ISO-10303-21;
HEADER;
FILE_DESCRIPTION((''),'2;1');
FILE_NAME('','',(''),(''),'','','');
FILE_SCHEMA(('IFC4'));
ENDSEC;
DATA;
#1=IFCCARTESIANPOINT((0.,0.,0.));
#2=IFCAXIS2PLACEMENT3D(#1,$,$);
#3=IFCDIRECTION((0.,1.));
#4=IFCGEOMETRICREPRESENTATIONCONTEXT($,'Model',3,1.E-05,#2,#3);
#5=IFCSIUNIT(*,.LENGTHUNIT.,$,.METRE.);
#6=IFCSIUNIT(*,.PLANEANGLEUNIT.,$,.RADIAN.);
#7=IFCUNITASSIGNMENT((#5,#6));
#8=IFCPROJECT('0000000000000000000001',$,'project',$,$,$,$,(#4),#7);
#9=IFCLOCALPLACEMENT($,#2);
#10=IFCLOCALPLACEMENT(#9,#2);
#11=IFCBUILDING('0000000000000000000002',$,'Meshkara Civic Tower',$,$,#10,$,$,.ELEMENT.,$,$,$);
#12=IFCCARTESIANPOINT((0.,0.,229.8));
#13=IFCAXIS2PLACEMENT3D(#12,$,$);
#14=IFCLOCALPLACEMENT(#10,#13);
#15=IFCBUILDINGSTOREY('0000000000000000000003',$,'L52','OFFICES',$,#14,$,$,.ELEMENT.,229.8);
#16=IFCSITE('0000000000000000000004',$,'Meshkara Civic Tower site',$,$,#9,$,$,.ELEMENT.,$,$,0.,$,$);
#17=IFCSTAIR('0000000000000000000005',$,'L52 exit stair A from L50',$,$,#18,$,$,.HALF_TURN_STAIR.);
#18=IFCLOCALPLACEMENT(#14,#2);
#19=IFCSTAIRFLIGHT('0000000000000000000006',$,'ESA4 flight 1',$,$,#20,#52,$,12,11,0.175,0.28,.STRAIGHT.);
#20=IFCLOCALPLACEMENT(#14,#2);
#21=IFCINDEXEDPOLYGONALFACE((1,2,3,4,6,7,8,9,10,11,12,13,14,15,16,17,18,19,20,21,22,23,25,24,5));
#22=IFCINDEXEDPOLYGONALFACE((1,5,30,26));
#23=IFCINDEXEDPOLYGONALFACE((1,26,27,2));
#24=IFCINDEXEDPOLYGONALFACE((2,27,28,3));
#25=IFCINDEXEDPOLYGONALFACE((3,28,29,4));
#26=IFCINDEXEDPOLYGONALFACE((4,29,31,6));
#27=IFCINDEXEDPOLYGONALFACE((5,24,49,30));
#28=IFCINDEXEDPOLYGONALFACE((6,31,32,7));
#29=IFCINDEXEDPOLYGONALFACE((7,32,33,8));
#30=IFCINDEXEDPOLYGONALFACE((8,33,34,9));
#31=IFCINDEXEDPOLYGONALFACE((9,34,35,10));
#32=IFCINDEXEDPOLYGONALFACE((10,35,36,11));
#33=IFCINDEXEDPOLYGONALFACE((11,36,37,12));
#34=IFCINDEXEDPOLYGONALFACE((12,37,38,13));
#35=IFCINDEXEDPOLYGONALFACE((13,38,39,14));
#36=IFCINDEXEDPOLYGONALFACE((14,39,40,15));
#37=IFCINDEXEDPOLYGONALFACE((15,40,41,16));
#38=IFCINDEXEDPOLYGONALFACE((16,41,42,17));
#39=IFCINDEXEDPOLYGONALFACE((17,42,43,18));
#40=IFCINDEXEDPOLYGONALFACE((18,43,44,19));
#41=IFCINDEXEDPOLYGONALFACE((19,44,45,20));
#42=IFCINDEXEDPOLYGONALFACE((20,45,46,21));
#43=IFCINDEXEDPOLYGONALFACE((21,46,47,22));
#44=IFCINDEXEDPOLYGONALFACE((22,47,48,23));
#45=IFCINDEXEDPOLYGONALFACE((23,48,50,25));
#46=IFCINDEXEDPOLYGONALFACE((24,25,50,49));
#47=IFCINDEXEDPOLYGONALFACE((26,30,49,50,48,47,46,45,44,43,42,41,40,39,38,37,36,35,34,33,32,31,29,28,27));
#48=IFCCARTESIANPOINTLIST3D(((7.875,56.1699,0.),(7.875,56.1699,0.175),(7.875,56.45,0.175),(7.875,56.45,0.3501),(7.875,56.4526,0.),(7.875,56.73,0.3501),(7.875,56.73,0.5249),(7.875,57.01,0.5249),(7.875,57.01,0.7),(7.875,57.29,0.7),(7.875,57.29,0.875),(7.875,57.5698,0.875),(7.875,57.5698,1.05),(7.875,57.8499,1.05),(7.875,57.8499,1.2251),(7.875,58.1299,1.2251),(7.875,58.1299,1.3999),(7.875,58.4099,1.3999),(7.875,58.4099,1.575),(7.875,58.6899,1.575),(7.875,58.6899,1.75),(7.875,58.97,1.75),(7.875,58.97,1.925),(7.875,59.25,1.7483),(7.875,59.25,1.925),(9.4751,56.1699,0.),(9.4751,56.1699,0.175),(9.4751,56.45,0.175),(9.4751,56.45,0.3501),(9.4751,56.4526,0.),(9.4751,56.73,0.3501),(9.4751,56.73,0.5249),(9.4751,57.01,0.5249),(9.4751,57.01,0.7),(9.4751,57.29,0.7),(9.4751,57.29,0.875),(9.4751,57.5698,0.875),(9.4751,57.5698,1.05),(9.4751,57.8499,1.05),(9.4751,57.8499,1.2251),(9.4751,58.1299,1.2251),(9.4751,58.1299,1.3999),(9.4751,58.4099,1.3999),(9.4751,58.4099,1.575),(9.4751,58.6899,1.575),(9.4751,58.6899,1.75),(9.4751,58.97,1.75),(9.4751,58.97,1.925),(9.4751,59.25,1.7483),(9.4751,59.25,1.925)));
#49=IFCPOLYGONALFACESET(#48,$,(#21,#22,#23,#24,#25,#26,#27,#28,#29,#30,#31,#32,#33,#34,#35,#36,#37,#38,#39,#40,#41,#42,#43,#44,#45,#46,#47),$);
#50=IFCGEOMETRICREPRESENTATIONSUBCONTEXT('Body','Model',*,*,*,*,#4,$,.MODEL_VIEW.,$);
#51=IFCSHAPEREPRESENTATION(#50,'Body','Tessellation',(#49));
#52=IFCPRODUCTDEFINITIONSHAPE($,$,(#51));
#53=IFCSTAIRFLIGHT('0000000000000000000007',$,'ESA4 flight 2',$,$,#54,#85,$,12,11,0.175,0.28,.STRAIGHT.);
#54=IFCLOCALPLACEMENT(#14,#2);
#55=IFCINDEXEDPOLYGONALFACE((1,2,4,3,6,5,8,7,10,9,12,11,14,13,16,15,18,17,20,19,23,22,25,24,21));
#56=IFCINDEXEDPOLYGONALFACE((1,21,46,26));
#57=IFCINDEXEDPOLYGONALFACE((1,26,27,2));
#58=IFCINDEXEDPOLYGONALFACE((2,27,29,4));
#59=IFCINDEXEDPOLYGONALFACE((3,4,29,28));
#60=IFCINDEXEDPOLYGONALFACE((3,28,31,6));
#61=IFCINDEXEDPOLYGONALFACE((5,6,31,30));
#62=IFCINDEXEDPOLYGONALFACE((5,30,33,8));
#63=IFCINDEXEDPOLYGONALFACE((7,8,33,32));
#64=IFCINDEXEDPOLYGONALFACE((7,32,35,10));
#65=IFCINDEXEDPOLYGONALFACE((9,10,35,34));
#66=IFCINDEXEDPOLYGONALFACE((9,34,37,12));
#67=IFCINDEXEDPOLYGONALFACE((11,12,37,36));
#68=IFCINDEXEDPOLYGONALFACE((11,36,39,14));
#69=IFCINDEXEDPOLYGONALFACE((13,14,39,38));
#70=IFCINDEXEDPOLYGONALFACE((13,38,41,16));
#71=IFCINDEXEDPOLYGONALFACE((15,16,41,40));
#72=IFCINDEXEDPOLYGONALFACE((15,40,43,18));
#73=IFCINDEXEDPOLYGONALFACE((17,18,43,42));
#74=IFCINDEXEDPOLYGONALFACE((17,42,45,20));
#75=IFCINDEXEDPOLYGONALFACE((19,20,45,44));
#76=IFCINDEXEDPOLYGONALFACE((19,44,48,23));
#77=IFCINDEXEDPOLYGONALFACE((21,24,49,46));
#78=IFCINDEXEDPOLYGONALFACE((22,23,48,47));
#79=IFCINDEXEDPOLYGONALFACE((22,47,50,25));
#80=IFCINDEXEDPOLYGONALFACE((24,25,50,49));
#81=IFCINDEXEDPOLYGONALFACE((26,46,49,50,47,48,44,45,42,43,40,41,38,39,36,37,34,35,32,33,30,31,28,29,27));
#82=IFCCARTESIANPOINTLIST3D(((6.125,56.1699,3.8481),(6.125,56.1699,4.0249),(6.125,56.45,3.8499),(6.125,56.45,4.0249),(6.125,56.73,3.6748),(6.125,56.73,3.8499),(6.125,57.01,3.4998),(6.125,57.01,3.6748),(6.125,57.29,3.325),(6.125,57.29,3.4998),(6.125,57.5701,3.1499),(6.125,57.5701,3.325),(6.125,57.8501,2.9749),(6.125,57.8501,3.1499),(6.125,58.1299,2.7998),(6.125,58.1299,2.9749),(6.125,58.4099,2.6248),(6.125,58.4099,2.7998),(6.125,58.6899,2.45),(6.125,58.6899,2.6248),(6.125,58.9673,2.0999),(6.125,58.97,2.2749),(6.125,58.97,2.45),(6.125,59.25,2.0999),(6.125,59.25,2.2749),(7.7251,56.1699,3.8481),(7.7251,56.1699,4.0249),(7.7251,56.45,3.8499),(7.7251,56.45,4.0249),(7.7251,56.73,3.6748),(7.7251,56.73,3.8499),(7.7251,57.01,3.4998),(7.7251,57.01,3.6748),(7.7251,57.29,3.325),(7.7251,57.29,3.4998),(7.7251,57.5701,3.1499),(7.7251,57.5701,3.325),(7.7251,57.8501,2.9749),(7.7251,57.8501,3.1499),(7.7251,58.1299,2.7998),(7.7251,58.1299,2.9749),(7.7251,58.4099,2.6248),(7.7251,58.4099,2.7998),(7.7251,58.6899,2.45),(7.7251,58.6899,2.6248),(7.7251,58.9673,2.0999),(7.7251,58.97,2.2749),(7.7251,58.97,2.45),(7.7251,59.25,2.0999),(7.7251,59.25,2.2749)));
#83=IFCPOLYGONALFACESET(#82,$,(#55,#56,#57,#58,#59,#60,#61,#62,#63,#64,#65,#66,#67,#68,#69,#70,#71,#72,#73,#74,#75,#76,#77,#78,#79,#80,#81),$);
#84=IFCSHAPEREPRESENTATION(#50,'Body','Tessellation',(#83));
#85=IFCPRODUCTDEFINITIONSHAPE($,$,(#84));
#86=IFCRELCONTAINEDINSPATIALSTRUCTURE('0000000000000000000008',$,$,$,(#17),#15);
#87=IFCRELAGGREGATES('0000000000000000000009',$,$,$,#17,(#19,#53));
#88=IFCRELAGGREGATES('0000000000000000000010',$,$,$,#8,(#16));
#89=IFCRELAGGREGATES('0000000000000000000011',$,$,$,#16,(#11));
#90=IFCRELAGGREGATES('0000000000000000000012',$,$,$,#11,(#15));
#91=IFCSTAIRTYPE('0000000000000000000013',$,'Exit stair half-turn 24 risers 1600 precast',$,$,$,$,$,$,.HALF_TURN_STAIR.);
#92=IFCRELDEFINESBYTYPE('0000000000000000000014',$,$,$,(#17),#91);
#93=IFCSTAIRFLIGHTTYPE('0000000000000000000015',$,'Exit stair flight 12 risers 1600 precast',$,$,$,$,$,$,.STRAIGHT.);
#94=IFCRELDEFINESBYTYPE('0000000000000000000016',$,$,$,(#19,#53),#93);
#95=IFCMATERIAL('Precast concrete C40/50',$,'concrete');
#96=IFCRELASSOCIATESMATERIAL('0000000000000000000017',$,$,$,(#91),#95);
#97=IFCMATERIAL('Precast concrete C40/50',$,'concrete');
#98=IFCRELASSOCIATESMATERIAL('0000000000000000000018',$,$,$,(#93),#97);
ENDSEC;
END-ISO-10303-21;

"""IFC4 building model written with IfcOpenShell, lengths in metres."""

from ifc_helpers import new_model, si_unit, direction, frame, origin, place, context, subcontext, project, spatial, polyline, outline, extrude, material, type_object, element, aggregate, save


model = new_model("IFC4")

# Units and contexts
model_context = context("Model", 3, precision=1e-05, world=origin(), true_north=direction((0.0, 1.0)))
body_context = subcontext(model_context, "Body", "Model", "MODEL_VIEW")
ifc_project = project(units=[si_unit("LENGTHUNIT", "METRE"), si_unit("PLANEANGLEUNIT", "RADIAN")], contexts=[model_context])

# Site, building, storey
site_placement = place(None, origin())
site = spatial("IfcSite", under=ifc_project, at=site_placement, Name="Meshkara Civic Tower site", CompositionType="ELEMENT", RefElevation=0.0)
building_placement = place(site_placement, origin())
building = spatial("IfcBuilding", under=site, at=building_placement, Name="Meshkara Civic Tower", CompositionType="ELEMENT")
storey_placement = place(building_placement, frame((0.0, 0.0, 229.8)))
storey = spatial("IfcBuildingStorey", under=building, at=storey_placement, Name="L52", Description="OFFICES", CompositionType="ELEMENT", Elevation=229.8)

# Stair, stair flights
ifc_material_1 = material(Name="Precast concrete C40/50", Category="concrete")
stair_type = type_object("IfcStairType", Name="Exit stair half-turn 24 risers 1600 precast", PredefinedType="HALF_TURN_STAIR", material=ifc_material_1)
stair_placement = place(storey_placement, origin())
stair = element("IfcStair", 1, at=stair_placement, inside=storey, type_object=stair_type, Name="L52 exit stair A from L50", PredefinedType="HALF_TURN_STAIR")
ifc_material_2 = material(Name="Precast concrete C40/50", Category="concrete")
stair_flight_type = type_object("IfcStairFlightType", Name="Exit stair flight 12 risers 1600 precast", PredefinedType="STRAIGHT", material=ifc_material_2)
stair_flight_1_placement = place(storey_placement, frame((8.675, 56.1699, 0.0), z_axis=(0.0, 0.0, 1.0), x_axis=(0.0, 1.0, 0.0)))
stair_flight_1 = element("IfcStairFlight", 2, at=stair_flight_1_placement, type_object=stair_flight_type, Name="ESA4 flight 1", NumberOfRisers=12, NumberOfTreads=11, PredefinedType="STRAIGHT", RiserHeight=0.175, TreadLength=0.28, context=body_context, shape_type="SweptSolid", body=[
    extrude(outline(polyline([(0.0, 0.0), (0.0, 0.175), (0.28, 0.175), (0.28, 0.3501), (0.5601, 0.3501), (0.5601, 0.5249), (0.8401, 0.5249), (0.8401, 0.7), (1.1201, 0.7), (1.1201, 0.875), (1.3999, 0.875), (1.3999, 1.05), (1.6799, 1.05), (1.6799, 1.2251), (1.96, 1.2251), (1.96, 1.3999), (2.24, 1.3999), (2.24, 1.575), (2.52, 1.575), (2.52, 1.75), (2.8, 1.75), (2.8, 1.925), (3.0801, 1.925), (3.0801, 2.1001), (3.0801, 1.7483), (0.2827, 0.0), (0.0, 0.0)])), frame((0.0, 0.8, 0.0), z_axis=(0.0, -1.0, 0.0), x_axis=(1.0, 0.0, 0.0)), (0.0, 0.0, 1.0), 1.6001),
])
stair_flight_2_placement = place(storey_placement, frame((6.925, 59.25, 2.0999), z_axis=(0.0, 0.0, 1.0), x_axis=(0.0, -1.0, 0.0)))
stair_flight_2 = element("IfcStairFlight", 3, at=stair_flight_2_placement, type_object=stair_flight_type, Name="ESA4 flight 2", NumberOfRisers=12, NumberOfTreads=11, PredefinedType="STRAIGHT", RiserHeight=0.175, TreadLength=0.28, context=body_context, shape_type="SweptSolid", body=[
    extrude(outline(polyline([(0.0, 0.0), (0.0, 0.175), (0.28, 0.175), (0.28, 0.3501), (0.5601, 0.3501), (0.5601, 0.5249), (0.8401, 0.5249), (0.8401, 0.7), (1.1201, 0.7), (1.1201, 0.875), (1.3999, 0.875), (1.3999, 1.05), (1.6799, 1.05), (1.6799, 1.2251), (1.96, 1.2251), (1.96, 1.3999), (2.24, 1.3999), (2.24, 1.575), (2.52, 1.575), (2.52, 1.75), (2.8, 1.75), (2.8, 1.925), (3.0801, 1.925), (3.0801, 2.1001), (3.0801, 1.7483), (0.2827, 0.0), (0.0, 0.0)])), frame((0.0, 0.8, 0.0), z_axis=(0.0, -1.0, 0.0), x_axis=(1.0, 0.0, 0.0)), (0.0, 0.0, 1.0), 1.6001),
])
aggregate(stair, [stair_flight_1, stair_flight_2])

save(model, "model.ifc")
